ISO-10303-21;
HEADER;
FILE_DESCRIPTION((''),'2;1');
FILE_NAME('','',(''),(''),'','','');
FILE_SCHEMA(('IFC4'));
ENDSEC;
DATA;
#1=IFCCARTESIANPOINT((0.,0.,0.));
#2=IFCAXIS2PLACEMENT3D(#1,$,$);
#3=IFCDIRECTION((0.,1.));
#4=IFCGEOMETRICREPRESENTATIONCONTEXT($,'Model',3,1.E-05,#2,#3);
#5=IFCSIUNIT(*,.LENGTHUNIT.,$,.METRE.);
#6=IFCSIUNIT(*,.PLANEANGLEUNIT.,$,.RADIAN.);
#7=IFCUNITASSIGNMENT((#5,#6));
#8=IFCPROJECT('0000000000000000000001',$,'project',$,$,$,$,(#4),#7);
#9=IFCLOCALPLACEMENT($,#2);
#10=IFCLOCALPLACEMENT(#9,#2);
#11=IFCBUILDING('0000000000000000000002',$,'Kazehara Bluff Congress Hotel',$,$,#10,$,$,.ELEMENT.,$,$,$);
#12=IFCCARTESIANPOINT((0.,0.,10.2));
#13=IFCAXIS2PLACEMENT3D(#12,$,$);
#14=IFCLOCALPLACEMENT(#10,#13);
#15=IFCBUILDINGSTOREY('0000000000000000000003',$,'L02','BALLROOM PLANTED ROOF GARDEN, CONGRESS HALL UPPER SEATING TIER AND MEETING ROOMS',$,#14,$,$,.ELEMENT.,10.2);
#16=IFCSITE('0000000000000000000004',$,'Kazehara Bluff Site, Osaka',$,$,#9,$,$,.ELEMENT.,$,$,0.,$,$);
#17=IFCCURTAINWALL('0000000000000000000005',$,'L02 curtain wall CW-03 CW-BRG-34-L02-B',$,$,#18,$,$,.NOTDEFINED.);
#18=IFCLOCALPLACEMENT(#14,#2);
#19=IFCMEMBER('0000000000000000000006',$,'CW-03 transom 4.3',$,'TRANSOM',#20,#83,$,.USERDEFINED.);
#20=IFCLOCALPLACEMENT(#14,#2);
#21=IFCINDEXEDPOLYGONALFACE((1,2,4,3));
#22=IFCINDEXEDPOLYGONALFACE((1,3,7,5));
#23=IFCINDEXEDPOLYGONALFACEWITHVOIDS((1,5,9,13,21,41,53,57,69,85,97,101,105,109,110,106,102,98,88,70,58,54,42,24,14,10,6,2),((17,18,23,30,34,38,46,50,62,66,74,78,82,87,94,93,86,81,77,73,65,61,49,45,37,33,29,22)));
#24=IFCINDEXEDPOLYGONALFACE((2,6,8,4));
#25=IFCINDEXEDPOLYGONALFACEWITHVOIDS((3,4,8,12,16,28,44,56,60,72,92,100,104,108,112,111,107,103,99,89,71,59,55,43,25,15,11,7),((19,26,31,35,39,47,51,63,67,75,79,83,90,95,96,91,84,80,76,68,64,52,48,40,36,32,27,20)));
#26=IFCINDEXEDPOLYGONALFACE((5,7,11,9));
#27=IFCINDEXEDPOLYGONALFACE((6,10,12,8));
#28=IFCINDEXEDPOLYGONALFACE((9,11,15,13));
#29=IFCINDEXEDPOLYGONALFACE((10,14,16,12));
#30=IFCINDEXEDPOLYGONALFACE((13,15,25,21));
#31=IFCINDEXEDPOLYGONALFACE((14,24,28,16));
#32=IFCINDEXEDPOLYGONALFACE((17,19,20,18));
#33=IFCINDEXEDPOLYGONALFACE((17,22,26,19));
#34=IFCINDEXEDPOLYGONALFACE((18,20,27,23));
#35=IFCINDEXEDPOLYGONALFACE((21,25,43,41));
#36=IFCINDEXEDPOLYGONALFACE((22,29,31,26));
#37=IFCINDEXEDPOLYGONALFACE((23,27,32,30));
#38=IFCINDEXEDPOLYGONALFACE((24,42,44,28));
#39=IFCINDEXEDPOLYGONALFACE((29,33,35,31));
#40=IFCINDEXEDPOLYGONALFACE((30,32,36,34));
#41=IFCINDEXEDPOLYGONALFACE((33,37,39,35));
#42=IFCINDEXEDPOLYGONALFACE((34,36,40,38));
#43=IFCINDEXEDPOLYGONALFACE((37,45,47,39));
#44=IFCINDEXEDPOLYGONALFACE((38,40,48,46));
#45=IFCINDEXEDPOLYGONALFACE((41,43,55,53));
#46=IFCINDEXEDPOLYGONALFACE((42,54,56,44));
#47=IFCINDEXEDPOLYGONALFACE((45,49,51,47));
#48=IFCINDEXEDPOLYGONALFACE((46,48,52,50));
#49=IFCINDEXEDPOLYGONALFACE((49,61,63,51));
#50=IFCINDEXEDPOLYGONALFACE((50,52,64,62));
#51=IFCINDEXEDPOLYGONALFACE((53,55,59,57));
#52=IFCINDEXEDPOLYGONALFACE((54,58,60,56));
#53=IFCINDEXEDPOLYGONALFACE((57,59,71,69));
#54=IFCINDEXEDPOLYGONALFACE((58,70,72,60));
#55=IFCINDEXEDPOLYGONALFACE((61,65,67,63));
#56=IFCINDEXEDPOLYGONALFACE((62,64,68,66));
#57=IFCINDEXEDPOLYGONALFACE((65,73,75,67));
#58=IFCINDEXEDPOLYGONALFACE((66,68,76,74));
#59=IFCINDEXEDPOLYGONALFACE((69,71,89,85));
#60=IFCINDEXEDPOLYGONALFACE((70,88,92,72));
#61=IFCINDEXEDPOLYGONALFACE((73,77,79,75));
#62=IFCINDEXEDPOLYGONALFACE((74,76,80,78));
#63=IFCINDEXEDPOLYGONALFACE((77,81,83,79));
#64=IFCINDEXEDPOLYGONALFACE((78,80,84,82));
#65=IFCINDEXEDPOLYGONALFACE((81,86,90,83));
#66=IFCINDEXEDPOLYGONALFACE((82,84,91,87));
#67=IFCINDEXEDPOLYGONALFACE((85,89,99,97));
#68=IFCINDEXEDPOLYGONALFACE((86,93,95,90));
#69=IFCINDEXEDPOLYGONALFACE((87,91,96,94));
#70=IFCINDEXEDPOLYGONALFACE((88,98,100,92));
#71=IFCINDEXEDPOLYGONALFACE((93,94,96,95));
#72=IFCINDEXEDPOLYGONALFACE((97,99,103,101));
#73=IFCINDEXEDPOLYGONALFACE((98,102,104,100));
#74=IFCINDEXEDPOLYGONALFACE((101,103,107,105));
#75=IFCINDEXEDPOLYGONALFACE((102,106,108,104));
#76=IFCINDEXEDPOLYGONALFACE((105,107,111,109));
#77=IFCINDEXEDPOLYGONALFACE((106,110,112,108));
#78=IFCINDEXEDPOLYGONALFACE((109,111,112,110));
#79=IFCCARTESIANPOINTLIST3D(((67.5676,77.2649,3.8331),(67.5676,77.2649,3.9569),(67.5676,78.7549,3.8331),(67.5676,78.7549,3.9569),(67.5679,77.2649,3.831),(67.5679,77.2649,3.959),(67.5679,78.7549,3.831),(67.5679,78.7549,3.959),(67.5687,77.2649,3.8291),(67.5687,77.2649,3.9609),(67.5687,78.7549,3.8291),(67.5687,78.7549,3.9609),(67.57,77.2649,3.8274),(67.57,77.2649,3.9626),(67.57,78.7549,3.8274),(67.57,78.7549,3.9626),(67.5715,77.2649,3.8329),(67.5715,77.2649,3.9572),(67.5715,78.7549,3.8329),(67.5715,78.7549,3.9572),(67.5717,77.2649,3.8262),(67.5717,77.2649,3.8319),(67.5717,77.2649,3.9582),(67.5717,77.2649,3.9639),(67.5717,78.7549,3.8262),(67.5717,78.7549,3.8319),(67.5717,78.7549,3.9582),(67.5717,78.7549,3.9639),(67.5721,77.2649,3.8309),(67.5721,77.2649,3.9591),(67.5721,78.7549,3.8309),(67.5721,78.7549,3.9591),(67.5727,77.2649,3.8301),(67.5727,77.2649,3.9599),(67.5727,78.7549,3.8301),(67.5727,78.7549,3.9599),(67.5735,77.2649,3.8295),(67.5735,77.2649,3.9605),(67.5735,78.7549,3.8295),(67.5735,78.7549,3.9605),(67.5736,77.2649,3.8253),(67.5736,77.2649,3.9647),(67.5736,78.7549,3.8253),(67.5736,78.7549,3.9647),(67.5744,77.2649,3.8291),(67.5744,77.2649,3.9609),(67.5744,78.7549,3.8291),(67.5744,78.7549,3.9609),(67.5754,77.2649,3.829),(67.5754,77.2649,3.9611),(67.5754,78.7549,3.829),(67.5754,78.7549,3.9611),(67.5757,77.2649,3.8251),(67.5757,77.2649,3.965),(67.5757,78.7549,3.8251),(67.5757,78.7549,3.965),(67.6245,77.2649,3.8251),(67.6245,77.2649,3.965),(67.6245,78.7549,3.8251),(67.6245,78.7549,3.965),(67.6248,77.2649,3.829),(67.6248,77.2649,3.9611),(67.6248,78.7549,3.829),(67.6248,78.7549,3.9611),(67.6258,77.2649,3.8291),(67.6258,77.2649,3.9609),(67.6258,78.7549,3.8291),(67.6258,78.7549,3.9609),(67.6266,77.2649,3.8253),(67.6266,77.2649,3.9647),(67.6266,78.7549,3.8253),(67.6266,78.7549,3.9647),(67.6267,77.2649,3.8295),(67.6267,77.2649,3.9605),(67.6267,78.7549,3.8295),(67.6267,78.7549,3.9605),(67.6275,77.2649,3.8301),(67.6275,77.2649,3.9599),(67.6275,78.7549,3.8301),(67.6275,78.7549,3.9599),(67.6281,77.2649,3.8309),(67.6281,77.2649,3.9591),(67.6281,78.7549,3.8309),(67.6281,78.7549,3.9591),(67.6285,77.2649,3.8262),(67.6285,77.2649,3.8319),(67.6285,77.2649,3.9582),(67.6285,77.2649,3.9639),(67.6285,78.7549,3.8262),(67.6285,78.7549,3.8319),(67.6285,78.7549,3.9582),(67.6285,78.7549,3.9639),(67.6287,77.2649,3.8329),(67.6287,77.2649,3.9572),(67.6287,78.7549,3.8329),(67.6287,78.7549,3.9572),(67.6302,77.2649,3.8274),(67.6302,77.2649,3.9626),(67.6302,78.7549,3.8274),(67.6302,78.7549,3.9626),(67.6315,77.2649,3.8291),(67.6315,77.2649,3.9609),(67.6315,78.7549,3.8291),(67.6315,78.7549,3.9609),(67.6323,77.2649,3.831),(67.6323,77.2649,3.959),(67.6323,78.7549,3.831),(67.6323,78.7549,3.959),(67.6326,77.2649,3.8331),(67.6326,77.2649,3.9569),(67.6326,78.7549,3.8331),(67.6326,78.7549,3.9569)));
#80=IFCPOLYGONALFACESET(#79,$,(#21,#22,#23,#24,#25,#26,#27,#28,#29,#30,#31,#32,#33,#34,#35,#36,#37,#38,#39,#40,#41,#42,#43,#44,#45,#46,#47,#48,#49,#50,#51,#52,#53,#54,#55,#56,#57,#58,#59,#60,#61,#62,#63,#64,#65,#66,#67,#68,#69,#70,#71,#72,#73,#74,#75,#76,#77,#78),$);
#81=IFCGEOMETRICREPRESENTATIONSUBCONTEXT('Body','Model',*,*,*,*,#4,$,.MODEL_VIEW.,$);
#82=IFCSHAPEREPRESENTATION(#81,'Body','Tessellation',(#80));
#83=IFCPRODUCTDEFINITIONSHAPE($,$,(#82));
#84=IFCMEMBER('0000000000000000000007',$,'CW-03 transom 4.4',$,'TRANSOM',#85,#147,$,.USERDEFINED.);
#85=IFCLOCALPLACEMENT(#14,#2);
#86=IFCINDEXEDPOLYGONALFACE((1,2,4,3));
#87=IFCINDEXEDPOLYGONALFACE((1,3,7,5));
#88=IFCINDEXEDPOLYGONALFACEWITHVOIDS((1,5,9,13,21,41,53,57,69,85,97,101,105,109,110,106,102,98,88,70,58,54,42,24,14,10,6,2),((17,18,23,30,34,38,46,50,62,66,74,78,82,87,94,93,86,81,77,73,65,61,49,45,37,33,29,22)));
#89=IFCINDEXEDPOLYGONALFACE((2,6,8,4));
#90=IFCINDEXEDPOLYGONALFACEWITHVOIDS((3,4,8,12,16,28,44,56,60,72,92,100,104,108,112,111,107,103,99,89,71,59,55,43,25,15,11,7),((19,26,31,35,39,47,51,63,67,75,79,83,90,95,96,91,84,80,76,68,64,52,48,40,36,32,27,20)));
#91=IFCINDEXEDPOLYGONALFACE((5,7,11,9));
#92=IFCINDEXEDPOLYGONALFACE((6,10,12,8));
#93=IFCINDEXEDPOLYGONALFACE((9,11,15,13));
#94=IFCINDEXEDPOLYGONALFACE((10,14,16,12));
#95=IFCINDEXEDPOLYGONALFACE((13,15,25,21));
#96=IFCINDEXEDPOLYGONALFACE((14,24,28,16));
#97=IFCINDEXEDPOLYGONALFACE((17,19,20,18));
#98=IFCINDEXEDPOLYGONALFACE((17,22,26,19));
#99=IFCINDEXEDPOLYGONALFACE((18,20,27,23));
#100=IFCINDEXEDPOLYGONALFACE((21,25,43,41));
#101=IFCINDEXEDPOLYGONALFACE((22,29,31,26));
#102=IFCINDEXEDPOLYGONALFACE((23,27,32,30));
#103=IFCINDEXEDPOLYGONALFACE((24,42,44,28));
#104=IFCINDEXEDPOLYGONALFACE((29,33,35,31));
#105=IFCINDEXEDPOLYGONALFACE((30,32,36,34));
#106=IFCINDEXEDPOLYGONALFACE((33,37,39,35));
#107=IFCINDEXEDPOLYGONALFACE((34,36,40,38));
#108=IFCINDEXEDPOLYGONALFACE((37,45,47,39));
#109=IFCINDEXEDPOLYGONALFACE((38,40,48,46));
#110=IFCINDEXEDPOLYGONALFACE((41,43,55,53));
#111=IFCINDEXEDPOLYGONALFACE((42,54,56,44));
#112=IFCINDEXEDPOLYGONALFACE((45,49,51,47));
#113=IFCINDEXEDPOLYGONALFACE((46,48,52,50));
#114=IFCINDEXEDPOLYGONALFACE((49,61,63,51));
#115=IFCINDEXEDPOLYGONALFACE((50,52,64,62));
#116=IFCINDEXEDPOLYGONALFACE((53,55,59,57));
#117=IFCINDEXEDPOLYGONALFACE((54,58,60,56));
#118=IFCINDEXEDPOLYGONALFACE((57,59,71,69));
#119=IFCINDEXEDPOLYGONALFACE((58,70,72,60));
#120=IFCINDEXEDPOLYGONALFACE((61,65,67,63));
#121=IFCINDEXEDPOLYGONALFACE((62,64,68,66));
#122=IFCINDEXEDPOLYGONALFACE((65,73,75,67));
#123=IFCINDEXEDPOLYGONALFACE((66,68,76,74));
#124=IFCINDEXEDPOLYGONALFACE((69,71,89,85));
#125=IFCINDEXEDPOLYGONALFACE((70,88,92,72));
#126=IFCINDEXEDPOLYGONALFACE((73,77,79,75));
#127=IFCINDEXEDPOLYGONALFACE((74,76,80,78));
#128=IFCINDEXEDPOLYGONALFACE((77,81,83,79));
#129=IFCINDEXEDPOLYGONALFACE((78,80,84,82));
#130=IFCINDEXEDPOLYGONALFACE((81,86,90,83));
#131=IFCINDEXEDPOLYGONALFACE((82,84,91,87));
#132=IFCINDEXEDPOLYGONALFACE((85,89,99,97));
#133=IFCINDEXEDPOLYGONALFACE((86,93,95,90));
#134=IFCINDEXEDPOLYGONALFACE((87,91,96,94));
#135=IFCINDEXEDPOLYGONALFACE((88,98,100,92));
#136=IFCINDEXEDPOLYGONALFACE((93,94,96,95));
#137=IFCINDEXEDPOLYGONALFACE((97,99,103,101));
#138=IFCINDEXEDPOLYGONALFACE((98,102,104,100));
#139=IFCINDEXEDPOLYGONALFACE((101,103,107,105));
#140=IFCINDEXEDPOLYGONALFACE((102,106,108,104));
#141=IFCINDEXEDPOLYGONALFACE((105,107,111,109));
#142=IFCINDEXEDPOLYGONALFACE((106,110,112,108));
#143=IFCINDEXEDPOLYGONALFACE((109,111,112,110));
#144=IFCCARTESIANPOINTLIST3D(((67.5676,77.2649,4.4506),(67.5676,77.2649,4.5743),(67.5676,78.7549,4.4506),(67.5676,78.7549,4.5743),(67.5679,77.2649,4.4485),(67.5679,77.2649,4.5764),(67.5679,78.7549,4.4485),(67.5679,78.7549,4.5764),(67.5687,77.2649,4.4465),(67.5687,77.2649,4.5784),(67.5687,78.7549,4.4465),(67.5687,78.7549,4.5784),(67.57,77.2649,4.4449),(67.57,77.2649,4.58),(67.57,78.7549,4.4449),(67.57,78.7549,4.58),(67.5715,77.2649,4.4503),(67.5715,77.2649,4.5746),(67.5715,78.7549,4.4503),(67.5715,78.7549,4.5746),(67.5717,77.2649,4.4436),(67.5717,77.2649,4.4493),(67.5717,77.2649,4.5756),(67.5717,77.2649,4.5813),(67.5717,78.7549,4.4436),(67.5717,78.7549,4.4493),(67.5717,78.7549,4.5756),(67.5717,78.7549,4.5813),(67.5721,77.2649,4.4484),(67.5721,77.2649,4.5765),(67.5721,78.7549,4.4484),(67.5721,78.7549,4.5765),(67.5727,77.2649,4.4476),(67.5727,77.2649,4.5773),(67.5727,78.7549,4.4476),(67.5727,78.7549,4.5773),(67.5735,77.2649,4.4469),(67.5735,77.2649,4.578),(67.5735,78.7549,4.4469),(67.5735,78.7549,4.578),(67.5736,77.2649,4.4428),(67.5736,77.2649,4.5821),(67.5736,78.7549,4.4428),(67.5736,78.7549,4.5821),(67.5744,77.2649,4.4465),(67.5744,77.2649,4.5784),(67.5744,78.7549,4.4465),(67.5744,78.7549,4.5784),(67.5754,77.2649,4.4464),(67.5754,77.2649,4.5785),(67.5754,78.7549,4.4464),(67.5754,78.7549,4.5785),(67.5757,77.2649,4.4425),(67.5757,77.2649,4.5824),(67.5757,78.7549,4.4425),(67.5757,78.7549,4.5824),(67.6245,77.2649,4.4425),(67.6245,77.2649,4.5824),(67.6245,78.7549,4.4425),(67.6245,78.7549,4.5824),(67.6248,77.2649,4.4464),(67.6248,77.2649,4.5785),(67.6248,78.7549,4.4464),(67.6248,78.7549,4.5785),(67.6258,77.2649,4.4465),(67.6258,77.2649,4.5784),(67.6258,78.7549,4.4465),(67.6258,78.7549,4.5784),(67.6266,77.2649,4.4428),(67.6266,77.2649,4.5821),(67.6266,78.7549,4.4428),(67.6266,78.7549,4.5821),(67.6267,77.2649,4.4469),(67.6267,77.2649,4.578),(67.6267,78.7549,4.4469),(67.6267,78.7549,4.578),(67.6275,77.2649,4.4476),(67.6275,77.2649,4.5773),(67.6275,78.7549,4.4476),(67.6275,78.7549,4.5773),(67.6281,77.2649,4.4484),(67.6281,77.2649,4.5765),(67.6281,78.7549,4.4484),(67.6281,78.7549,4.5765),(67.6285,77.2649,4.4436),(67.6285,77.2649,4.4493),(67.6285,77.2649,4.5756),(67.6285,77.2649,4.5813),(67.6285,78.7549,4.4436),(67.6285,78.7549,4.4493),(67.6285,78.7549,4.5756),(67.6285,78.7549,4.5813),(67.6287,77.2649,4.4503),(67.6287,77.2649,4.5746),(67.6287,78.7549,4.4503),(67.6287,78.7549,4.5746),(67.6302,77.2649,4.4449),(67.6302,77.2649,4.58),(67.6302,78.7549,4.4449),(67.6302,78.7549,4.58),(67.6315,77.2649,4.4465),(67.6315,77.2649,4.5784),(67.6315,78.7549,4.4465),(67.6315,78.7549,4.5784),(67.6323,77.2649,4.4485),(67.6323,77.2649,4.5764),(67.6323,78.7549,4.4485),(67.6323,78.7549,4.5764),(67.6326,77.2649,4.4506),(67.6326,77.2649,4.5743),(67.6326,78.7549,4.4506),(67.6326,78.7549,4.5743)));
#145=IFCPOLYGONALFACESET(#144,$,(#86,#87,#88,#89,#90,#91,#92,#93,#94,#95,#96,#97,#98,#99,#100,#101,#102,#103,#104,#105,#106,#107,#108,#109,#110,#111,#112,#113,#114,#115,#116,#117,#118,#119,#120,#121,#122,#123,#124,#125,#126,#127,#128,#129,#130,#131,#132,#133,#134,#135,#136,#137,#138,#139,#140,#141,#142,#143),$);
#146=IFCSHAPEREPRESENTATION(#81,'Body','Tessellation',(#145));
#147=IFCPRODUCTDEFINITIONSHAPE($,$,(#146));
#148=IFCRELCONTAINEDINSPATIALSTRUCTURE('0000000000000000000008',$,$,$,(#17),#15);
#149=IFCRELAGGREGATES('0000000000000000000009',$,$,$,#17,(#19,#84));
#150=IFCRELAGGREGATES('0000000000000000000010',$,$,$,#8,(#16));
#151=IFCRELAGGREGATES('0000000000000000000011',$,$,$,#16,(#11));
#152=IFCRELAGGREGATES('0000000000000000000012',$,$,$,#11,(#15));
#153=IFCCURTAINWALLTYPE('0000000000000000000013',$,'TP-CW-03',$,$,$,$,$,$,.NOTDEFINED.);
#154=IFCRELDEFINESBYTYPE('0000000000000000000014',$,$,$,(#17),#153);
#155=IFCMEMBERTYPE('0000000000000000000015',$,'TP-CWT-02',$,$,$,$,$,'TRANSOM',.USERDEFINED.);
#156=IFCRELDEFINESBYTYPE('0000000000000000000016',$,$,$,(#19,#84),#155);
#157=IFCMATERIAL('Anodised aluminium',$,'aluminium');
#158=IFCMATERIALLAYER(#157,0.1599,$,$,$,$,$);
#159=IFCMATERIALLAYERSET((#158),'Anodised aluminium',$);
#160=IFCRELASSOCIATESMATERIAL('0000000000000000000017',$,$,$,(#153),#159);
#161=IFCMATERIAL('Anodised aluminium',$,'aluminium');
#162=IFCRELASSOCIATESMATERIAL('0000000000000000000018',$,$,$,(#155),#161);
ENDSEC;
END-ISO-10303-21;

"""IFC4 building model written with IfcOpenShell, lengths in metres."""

from ifc_helpers import new_model, si_unit, direction, frame, origin, origin_2d, place, context, subcontext, project, spatial, hollow_rectangle, extrude, material, layer, layer_set, material_profile, profile_set, type_object, element, aggregate, save


model = new_model("IFC4")

# Units and contexts
model_context = context("Model", 3, precision=1e-05, world=origin(), true_north=direction((0.0, 1.0)))
body_context = subcontext(model_context, "Body", "Model", "MODEL_VIEW")
ifc_project = project(units=[si_unit("LENGTHUNIT", "METRE"), si_unit("PLANEANGLEUNIT", "RADIAN")], contexts=[model_context])

# Site, building, storey
site_placement = place(None, origin())
site = spatial("IfcSite", under=ifc_project, at=site_placement, Name="Kazehara Bluff Site, Osaka", CompositionType="ELEMENT", RefElevation=0.0)
building_placement = place(site_placement, origin())
building = spatial("IfcBuilding", under=site, at=building_placement, Name="Kazehara Bluff Congress Hotel", CompositionType="ELEMENT")
storey_placement = place(building_placement, frame((0.0, 0.0, 10.2)))
storey = spatial("IfcBuildingStorey", under=building, at=storey_placement, Name="L02", Description="BALLROOM PLANTED ROOF GARDEN, CONGRESS HALL UPPER SEATING TIER AND MEETING ROOMS", CompositionType="ELEMENT", Elevation=10.2)

# Curtain wall
ifc_material_1 = material(Name="Anodised aluminium", Category="aluminium")
ifc_layer_1 = layer(ifc_material_1, 0.1599)
ifc_layer_set_1 = layer_set([ifc_layer_1], Name="Anodised aluminium")
curtain_wall_type_1 = type_object("IfcCurtainWallType", Name="TP-CW-03", PredefinedType="NOTDEFINED", material=ifc_layer_set_1)
curtain_wall_1_placement = place(storey_placement, origin())
curtain_wall_1 = element("IfcCurtainWall", 1, at=curtain_wall_1_placement, inside=storey, type_object=curtain_wall_type_1, Name="L02 curtain wall CW-03 CW-BRG-34-L02-B", PredefinedType="NOTDEFINED")

# Members
ifc_material_2 = material(Name="Anodised aluminium", Category="aluminium")
ifc_material_profile_1 = material_profile(ifc_material_2, hollow_rectangle(XDim=0.0649, YDim=0.1399, WallThickness=0.0039, InnerFilletRadius=0.0039, OuterFilletRadius=0.0081, at=origin_2d()))
ifc_profile_set_1 = profile_set([ifc_material_profile_1], Name="Anodised aluminium")
member_type_1 = type_object("IfcMemberType", Name="TP-CWT-02", ElementType="TRANSOM", PredefinedType="USERDEFINED", material=ifc_profile_set_1)
member_1_placement = place(storey_placement, frame((67.6001, 77.2649, 3.895), z_axis=(0.0, 1.0, 0.0), x_axis=(-1.0, 0.0, 0.0)))
member_1 = element("IfcMember", 2, at=member_1_placement, type_object=member_type_1, Name="CW-03 transom 4.3", ObjectType="TRANSOM", PredefinedType="USERDEFINED", context=body_context, shape_type="SweptSolid", body=[
    extrude(hollow_rectangle(XDim=0.0649, YDim=0.1399, WallThickness=0.0039, InnerFilletRadius=0.0039, OuterFilletRadius=0.0081, at=origin_2d()), origin(), (0.0, 0.0, 1.0), 1.49),
])
member_2_placement = place(storey_placement, frame((67.6001, 77.2649, 4.5125), z_axis=(0.0, 1.0, 0.0), x_axis=(-1.0, 0.0, 0.0)))
member_2 = element("IfcMember", 3, at=member_2_placement, type_object=member_type_1, Name="CW-03 transom 4.4", ObjectType="TRANSOM", PredefinedType="USERDEFINED", context=body_context, shape_type="SweptSolid", body=[
    extrude(hollow_rectangle(XDim=0.0649, YDim=0.1399, WallThickness=0.0039, InnerFilletRadius=0.0039, OuterFilletRadius=0.0081, at=origin_2d()), origin(), (0.0, 0.0, 1.0), 1.49),
])

aggregate(curtain_wall_1, [member_1, member_2])

save(model, "model.ifc")
